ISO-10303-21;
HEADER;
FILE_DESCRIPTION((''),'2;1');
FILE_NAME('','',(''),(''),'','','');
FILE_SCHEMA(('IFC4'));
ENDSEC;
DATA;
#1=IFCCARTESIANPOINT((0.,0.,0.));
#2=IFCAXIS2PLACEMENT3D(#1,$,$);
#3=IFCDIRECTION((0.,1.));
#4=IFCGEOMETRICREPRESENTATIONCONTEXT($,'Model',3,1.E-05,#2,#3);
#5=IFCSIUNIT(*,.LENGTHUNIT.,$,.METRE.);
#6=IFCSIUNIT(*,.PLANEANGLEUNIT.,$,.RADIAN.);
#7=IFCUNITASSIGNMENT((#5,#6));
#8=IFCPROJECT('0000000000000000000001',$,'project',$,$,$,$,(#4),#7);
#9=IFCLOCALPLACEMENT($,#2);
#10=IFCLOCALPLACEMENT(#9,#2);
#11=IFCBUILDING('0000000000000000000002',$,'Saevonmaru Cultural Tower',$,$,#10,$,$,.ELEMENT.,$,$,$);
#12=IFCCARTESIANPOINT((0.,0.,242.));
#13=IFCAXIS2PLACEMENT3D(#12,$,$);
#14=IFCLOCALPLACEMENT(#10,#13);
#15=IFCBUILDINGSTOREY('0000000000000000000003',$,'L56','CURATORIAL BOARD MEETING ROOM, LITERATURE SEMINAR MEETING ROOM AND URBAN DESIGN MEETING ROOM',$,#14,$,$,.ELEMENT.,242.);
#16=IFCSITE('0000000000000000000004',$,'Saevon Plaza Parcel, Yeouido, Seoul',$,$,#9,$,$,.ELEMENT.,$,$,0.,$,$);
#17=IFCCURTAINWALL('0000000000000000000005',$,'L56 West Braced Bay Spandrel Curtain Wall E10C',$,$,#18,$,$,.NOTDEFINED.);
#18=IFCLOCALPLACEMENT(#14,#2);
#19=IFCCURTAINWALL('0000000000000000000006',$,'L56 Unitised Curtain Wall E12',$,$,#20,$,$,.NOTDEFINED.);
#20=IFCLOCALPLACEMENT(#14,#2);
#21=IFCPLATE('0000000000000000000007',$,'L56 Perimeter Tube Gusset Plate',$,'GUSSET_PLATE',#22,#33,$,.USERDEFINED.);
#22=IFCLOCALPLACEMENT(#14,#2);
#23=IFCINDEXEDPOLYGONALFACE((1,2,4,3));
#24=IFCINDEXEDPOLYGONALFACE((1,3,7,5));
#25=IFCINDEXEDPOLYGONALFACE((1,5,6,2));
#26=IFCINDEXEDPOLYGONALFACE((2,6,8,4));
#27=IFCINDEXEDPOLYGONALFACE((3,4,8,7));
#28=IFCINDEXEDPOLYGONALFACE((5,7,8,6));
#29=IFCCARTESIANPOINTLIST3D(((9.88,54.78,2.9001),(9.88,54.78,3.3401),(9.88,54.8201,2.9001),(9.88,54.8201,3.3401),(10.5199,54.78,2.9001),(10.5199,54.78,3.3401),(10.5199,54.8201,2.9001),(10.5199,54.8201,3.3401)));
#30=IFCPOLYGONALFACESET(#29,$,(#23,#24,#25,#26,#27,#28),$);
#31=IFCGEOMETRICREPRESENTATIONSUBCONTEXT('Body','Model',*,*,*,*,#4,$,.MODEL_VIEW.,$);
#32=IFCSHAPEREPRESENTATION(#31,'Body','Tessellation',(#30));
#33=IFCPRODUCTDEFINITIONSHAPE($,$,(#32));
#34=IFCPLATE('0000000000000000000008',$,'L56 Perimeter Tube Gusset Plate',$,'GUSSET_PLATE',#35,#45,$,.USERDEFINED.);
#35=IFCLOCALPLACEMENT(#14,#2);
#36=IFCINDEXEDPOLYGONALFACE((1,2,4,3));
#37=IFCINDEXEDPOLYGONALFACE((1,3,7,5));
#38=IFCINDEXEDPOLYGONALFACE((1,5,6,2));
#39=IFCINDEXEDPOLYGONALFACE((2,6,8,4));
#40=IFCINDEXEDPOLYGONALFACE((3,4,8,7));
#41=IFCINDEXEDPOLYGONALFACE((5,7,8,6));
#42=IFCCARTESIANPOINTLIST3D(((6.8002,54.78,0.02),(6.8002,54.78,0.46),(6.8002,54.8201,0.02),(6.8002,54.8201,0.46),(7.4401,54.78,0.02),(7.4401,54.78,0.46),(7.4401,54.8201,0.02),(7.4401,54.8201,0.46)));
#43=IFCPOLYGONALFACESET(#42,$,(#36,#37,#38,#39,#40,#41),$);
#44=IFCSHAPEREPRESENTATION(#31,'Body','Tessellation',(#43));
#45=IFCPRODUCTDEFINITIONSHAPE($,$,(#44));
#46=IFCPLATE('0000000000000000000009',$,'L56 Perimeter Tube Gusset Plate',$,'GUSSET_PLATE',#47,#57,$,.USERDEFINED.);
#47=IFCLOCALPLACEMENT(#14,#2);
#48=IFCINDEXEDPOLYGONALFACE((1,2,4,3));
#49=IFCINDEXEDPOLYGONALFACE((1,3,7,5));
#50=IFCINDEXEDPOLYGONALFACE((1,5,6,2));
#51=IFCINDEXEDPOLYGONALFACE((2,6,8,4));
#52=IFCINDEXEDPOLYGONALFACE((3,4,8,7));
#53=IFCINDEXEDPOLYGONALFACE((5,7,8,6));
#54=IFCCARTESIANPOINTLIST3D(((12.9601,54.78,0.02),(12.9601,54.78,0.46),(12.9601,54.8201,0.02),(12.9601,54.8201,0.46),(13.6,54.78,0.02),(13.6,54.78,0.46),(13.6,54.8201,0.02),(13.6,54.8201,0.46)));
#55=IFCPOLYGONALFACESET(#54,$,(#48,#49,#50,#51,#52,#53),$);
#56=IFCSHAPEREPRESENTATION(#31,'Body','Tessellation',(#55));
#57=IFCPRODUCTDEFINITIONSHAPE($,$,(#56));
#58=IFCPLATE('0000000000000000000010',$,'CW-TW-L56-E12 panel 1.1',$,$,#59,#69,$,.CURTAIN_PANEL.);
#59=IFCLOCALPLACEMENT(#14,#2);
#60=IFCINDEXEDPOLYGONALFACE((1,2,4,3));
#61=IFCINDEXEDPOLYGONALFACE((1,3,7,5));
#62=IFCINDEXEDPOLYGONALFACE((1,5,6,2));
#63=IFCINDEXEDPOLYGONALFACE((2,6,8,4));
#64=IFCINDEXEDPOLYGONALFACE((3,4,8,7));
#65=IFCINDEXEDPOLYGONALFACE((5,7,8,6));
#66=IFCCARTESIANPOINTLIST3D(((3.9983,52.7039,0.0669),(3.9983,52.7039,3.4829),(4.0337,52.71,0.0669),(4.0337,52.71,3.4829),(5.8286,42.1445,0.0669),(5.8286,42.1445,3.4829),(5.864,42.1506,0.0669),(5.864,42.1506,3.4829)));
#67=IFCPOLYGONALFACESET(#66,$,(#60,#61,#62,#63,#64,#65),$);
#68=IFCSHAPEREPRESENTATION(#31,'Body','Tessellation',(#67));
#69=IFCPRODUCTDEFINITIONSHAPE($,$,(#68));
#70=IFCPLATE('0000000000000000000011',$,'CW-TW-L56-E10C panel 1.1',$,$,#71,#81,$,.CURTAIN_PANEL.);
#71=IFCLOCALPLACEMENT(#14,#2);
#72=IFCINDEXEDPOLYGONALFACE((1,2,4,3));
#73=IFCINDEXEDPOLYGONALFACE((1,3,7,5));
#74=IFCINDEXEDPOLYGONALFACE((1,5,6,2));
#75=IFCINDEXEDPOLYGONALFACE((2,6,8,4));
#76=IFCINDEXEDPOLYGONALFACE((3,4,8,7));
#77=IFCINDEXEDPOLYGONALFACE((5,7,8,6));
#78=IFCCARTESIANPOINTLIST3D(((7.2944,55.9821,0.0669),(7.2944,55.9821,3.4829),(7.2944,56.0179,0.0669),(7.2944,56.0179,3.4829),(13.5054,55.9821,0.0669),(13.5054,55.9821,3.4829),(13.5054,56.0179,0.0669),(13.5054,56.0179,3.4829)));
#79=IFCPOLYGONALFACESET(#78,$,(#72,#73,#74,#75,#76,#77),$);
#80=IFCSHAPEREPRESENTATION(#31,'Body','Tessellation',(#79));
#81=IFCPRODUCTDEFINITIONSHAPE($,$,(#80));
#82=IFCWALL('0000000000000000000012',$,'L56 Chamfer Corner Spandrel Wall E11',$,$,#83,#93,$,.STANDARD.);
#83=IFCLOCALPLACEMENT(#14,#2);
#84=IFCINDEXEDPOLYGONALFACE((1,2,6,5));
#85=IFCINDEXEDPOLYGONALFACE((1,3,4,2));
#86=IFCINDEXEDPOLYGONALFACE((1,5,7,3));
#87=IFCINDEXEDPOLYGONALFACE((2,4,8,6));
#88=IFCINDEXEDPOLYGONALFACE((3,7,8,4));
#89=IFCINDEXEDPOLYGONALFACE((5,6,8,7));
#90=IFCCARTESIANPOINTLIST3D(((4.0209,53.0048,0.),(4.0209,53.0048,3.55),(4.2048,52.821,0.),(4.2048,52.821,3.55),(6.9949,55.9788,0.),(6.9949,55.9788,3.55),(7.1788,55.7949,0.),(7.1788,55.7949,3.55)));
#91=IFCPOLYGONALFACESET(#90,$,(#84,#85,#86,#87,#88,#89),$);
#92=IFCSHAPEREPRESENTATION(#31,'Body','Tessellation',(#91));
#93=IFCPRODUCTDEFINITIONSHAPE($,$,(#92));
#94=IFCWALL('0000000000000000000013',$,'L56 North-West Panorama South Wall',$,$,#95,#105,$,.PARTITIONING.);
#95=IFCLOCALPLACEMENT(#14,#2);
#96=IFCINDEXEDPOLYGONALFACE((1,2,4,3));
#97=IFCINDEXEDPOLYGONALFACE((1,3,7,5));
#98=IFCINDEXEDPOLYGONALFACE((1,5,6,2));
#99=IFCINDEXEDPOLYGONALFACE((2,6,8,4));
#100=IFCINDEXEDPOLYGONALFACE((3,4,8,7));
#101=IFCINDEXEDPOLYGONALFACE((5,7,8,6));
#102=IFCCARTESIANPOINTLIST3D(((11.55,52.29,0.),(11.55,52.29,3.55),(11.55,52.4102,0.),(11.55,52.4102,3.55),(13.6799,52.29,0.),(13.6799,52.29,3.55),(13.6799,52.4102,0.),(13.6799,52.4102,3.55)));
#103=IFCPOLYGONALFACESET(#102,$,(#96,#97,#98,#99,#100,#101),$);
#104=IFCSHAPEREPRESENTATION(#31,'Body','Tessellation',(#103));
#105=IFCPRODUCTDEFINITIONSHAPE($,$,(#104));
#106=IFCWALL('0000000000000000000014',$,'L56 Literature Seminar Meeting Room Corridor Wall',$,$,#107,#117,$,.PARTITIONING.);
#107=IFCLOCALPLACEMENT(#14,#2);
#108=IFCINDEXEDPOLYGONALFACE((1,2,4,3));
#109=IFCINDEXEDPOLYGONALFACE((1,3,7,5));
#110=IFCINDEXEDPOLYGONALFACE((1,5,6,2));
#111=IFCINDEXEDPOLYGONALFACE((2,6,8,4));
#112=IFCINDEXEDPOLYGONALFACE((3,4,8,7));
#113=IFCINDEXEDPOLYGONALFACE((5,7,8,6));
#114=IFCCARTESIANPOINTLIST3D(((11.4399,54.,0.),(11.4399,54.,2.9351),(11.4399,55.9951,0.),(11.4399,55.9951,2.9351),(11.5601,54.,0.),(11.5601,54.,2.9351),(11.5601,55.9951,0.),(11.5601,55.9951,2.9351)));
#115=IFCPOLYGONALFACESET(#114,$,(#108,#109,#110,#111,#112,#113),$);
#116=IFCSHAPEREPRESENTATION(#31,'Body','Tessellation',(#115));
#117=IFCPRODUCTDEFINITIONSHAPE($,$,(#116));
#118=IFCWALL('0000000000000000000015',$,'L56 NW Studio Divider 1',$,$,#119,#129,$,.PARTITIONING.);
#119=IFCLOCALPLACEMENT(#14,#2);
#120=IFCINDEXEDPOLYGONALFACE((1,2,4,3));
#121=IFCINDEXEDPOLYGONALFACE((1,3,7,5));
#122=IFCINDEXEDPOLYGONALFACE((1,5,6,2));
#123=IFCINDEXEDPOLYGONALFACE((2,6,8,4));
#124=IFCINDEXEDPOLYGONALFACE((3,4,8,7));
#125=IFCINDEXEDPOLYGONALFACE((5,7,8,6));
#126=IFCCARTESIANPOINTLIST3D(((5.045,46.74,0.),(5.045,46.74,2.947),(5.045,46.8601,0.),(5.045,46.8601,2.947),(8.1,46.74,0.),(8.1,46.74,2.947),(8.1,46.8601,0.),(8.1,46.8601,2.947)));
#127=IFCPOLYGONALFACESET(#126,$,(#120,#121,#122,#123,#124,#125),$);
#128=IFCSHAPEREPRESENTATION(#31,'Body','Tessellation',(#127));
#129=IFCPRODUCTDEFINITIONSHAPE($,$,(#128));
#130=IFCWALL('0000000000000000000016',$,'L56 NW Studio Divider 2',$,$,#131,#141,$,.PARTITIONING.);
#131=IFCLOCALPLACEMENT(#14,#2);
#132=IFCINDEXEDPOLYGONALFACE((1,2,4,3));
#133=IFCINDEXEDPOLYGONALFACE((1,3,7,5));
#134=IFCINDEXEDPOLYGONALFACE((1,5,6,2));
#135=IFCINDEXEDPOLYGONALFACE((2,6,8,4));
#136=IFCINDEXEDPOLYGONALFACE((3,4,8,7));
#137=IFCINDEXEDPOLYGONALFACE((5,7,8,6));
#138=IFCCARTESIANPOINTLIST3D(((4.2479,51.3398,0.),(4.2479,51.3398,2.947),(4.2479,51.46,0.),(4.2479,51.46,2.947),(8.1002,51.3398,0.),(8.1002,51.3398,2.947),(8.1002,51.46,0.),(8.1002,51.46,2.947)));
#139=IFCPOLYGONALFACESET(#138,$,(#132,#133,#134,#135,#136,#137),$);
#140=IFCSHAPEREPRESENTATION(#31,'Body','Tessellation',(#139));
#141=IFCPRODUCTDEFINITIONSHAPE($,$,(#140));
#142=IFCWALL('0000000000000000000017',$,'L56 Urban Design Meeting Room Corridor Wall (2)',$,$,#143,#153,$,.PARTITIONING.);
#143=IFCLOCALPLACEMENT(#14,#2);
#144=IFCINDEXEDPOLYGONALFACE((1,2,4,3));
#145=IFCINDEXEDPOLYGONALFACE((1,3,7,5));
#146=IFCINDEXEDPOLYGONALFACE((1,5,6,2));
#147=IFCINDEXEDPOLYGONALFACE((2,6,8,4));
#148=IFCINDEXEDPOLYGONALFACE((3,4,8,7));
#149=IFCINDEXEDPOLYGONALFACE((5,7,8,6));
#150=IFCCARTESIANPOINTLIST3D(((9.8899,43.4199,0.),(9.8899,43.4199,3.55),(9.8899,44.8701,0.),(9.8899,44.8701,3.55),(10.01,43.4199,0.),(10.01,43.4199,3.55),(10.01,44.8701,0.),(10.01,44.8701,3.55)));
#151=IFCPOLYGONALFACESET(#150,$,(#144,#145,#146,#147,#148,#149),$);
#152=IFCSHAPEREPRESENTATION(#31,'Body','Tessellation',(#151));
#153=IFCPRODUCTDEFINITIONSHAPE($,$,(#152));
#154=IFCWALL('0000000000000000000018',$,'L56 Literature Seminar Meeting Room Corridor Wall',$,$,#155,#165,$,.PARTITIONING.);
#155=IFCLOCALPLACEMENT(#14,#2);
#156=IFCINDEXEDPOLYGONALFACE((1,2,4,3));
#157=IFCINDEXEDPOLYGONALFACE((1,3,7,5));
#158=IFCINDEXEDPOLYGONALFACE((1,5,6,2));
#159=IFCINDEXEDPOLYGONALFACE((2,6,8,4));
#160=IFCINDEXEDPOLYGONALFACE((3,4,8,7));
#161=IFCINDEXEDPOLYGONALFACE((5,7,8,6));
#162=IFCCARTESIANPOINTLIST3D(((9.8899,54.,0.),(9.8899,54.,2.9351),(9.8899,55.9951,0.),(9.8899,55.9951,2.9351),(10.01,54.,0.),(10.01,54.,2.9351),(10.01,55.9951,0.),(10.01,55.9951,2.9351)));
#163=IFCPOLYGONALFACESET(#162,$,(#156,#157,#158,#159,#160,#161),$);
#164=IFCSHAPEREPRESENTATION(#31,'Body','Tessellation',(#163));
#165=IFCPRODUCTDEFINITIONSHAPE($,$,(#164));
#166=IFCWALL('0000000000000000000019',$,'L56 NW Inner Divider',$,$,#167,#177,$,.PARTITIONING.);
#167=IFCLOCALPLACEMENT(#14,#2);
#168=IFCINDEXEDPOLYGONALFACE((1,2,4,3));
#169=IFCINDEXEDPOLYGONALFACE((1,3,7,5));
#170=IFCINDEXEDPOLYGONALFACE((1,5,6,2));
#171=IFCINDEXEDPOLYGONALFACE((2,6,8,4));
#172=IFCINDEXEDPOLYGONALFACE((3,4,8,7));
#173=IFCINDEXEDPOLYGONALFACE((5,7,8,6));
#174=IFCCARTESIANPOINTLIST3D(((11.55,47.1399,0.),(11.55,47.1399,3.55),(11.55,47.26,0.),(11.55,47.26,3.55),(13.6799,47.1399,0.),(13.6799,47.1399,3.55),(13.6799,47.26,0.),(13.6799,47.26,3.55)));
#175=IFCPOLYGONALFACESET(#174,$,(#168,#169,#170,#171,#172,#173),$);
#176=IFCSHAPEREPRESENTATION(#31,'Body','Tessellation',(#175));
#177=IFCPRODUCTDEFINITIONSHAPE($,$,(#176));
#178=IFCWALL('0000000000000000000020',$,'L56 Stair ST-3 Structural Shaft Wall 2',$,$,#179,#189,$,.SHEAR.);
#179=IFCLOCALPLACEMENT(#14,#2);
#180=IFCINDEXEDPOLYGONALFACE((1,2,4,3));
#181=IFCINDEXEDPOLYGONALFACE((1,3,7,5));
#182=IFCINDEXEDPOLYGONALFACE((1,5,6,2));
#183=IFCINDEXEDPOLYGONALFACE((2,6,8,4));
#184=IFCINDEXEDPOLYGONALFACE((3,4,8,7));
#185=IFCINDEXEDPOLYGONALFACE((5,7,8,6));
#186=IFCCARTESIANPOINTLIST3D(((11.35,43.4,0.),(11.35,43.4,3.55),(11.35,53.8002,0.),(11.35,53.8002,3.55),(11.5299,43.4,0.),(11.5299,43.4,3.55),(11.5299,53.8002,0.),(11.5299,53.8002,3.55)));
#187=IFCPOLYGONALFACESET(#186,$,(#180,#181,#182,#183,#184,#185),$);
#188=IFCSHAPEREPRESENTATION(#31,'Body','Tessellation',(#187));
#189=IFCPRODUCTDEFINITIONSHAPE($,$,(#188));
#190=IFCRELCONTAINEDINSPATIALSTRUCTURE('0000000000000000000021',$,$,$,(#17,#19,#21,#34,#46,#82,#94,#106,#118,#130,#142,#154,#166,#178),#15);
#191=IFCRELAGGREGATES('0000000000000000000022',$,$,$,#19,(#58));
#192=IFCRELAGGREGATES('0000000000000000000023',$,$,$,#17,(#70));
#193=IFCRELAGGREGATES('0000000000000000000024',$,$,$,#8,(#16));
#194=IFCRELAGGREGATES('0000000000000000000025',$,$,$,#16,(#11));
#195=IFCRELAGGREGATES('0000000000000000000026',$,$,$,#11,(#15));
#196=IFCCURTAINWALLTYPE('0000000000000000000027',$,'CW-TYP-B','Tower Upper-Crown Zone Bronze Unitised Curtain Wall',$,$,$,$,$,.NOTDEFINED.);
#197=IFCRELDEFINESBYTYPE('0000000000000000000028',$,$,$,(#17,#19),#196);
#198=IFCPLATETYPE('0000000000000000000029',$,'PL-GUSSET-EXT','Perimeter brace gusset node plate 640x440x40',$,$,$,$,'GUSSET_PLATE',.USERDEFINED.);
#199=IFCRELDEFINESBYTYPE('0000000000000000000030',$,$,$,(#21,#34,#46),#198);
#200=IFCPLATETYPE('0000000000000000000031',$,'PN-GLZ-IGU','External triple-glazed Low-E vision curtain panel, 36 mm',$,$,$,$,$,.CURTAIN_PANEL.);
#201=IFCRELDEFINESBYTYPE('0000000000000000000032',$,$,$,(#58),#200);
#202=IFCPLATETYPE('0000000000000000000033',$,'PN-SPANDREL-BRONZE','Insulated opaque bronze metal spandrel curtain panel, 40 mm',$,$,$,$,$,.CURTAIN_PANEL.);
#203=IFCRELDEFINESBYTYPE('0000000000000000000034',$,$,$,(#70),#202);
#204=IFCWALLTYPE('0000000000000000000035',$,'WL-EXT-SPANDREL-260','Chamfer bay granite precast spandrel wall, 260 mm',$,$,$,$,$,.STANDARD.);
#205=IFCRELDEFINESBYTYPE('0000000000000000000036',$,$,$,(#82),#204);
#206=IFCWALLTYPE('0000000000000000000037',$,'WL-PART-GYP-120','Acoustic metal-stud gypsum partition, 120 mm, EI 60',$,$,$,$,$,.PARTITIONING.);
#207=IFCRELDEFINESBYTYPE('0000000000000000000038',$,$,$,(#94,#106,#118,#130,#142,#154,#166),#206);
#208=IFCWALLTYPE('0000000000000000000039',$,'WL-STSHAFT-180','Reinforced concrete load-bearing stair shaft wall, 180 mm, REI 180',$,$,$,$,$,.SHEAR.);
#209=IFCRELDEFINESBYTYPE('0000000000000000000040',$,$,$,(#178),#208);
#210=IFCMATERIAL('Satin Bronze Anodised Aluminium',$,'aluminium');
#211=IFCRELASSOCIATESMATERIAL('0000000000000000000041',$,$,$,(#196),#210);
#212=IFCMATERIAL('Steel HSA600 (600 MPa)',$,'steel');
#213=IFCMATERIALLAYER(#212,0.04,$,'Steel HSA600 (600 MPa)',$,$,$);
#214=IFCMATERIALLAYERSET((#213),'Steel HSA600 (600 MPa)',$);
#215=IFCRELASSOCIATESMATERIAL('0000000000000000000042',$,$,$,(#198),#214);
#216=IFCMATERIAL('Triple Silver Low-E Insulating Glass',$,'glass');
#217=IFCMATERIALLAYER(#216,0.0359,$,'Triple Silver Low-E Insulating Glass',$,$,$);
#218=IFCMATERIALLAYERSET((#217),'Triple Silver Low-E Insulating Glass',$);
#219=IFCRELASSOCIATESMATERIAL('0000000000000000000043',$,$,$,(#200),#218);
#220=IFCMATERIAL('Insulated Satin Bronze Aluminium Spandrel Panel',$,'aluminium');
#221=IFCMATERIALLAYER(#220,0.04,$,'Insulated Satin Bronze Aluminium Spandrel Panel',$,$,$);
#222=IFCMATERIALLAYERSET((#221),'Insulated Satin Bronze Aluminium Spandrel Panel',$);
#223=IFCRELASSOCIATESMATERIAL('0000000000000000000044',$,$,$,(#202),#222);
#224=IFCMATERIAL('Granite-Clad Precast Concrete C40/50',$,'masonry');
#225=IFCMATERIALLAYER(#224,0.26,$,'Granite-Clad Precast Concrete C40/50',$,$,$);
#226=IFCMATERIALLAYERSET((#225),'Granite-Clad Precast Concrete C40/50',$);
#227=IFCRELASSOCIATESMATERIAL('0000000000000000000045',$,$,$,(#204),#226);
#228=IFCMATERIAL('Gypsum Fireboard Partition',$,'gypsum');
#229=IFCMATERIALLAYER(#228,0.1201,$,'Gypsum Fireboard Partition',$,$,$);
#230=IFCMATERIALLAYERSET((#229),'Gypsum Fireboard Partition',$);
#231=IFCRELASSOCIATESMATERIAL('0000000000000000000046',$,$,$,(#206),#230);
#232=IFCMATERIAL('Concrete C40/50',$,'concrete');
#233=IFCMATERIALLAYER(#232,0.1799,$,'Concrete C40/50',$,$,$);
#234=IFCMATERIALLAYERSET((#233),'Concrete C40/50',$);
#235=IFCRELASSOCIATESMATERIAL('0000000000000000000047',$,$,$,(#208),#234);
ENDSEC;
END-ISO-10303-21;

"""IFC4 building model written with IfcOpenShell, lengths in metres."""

from ifc_helpers import new_model, si_unit, direction, frame, frame_2d, origin, origin_2d, place, context, subcontext, project, spatial, rectangle, extrude, material, layer, layer_set, type_object, element, aggregate, save


model = new_model("IFC4")

# Units and contexts
model_context = context("Model", 3, precision=1e-05, world=origin(), true_north=direction((0.0, 1.0)))
body_context = subcontext(model_context, "Body", "Model", "MODEL_VIEW")
ifc_project = project(units=[si_unit("LENGTHUNIT", "METRE"), si_unit("PLANEANGLEUNIT", "RADIAN")], contexts=[model_context])

# Site, building, storey
site_placement = place(None, origin())
site = spatial("IfcSite", under=ifc_project, at=site_placement, Name="Saevon Plaza Parcel, Yeouido, Seoul", CompositionType="ELEMENT", RefElevation=0.0)
building_placement = place(site_placement, origin())
building = spatial("IfcBuilding", under=site, at=building_placement, Name="Saevonmaru Cultural Tower", CompositionType="ELEMENT")
storey_placement = place(building_placement, frame((0.0, 0.0, 242.0)))
storey = spatial("IfcBuildingStorey", under=building, at=storey_placement, Name="L56", Description="CURATORIAL BOARD MEETING ROOM, LITERATURE SEMINAR MEETING ROOM AND URBAN DESIGN MEETING ROOM", CompositionType="ELEMENT", Elevation=242.0)

# Curtain wall
ifc_material_1 = material(Name="Satin Bronze Anodised Aluminium", Category="aluminium")
curtain_wall_type = type_object("IfcCurtainWallType", Name="CW-TYP-B", Description="Tower Upper-Crown Zone Bronze Unitised Curtain Wall", PredefinedType="NOTDEFINED", material=ifc_material_1)
curtain_wall_1_placement = place(storey_placement, origin())
curtain_wall_1 = element("IfcCurtainWall", 1, at=curtain_wall_1_placement, inside=storey, type_object=curtain_wall_type, Name="L56 West Braced Bay Spandrel Curtain Wall E10C", PredefinedType="NOTDEFINED")

# Curtain wall
curtain_wall_2_placement = place(storey_placement, origin())
curtain_wall_2 = element("IfcCurtainWall", 2, at=curtain_wall_2_placement, inside=storey, type_object=curtain_wall_type, Name="L56 Unitised Curtain Wall E12", PredefinedType="NOTDEFINED")

# Plates
ifc_material_2 = material(Name="Steel HSA600 (600 MPa)", Category="steel")
ifc_layer_1 = layer(ifc_material_2, 0.04, Name="Steel HSA600 (600 MPa)")
ifc_layer_set_1 = layer_set([ifc_layer_1], Name="Steel HSA600 (600 MPa)")
plate_type_1 = type_object("IfcPlateType", Name="PL-GUSSET-EXT", Description="Perimeter brace gusset node plate 640x440x40", ElementType="GUSSET_PLATE", PredefinedType="USERDEFINED", material=ifc_layer_set_1)
for number, where, z_axis, x_axis, name in (
    (3, (10.2, 54.8, 2.9001), (0.0, 0.0, 1.0), (1.0, 0.0, 0.0), "L56 Perimeter Tube Gusset Plate"),
    (4, (7.1201, 54.8, 0.02), (0.0, 0.0, 1.0), (1.0, 0.0, 0.0), "L56 Perimeter Tube Gusset Plate"),
    (5, (13.28, 54.8, 0.02), (0.0, 0.0, 1.0), (1.0, 0.0, 0.0), "L56 Perimeter Tube Gusset Plate"),
):
    element("IfcPlate", number, at=place(storey_placement, frame(where, z_axis=z_axis, x_axis=x_axis)), inside=storey, type_object=plate_type_1, Name=name, ObjectType="GUSSET_PLATE", PredefinedType="USERDEFINED", context=body_context, shape_type="SweptSolid", body=[
        extrude(rectangle(XDim=0.6399, YDim=0.04, at=origin_2d()), origin(), (0.0, 0.0, 1.0), 0.4399),
    ])

# Plates
ifc_material_3 = material(Name="Triple Silver Low-E Insulating Glass", Category="glass")
ifc_layer_2 = layer(ifc_material_3, 0.0359, Name="Triple Silver Low-E Insulating Glass")
ifc_layer_set_2 = layer_set([ifc_layer_2], Name="Triple Silver Low-E Insulating Glass")
plate_type_2 = type_object("IfcPlateType", Name="PN-GLZ-IGU", Description="External triple-glazed Low-E vision curtain panel, 36 mm", PredefinedType="CURTAIN_PANEL", material=ifc_layer_set_2)
plate_1_placement = place(storey_placement, frame((4.9312, 47.4272, 0.0669), z_axis=(0.0, 0.0, 1.0), x_axis=(0.17079, -0.985307, 0.0)))
plate_1 = element("IfcPlate", 6, at=plate_1_placement, type_object=plate_type_2, Name="CW-TW-L56-E12 panel 1.1", PredefinedType="CURTAIN_PANEL", context=body_context, shape_type="SweptSolid", body=[
    extrude(rectangle(XDim=10.7168, YDim=0.0359, at=origin_2d()), origin(), (0.0, 0.0, 1.0), 3.416),
])
aggregate(curtain_wall_2, [plate_1])
ifc_material_4 = material(Name="Insulated Satin Bronze Aluminium Spandrel Panel", Category="aluminium")
ifc_layer_3 = layer(ifc_material_4, 0.04, Name="Insulated Satin Bronze Aluminium Spandrel Panel")
ifc_layer_set_3 = layer_set([ifc_layer_3], Name="Insulated Satin Bronze Aluminium Spandrel Panel")
plate_type_3 = type_object("IfcPlateType", Name="PN-SPANDREL-BRONZE", Description="Insulated opaque bronze metal spandrel curtain panel, 40 mm", PredefinedType="CURTAIN_PANEL", material=ifc_layer_set_3)
plate_2_placement = place(storey_placement, frame((10.3999, 56.0, 0.0669), z_axis=(0.0, 0.0, 1.0), x_axis=(-1.0, 0.0, 0.0)))
plate_2 = element("IfcPlate", 7, at=plate_2_placement, type_object=plate_type_3, Name="CW-TW-L56-E10C panel 1.1", PredefinedType="CURTAIN_PANEL", context=body_context, shape_type="SweptSolid", body=[
    extrude(rectangle(XDim=6.2109, YDim=0.0359, at=origin_2d()), origin(), (0.0, 0.0, 1.0), 3.416),
])
aggregate(curtain_wall_1, [plate_2])

# Walls
ifc_material_5 = material(Name="Granite-Clad Precast Concrete C40/50", Category="masonry")
ifc_layer_4 = layer(ifc_material_5, 0.26, Name="Granite-Clad Precast Concrete C40/50")
ifc_layer_set_4 = layer_set([ifc_layer_4], Name="Granite-Clad Precast Concrete C40/50")
wall_type_1 = type_object("IfcWallType", Name="WL-EXT-SPANDREL-260", Description="Chamfer bay granite precast spandrel wall, 260 mm", PredefinedType="STANDARD", material=ifc_layer_set_4)
wall_1_placement = place(storey_placement, frame((7.0869, 55.887, 0.0), z_axis=(0.0, 0.0, 1.0), x_axis=(-0.707107, -0.707107, 0.0)))
element("IfcWall", 8, at=wall_1_placement, inside=storey, type_object=wall_type_1, Name="L56 Chamfer Corner Spandrel Wall E11", PredefinedType="STANDARD", context=body_context, shape_type="SweptSolid", body=[
    extrude(rectangle(XDim=4.2058, YDim=0.26, at=frame_2d((2.103, 0.0))), origin(), (0.0, 0.0, 1.0), 3.55),
])
ifc_material_6 = material(Name="Gypsum Fireboard Partition", Category="gypsum")
ifc_layer_5 = layer(ifc_material_6, 0.1201, Name="Gypsum Fireboard Partition")
ifc_layer_set_5 = layer_set([ifc_layer_5], Name="Gypsum Fireboard Partition")
wall_type_2 = type_object("IfcWallType", Name="WL-PART-GYP-120", Description="Acoustic metal-stud gypsum partition, 120 mm, EI 60", PredefinedType="PARTITIONING", material=ifc_layer_set_5)
wall_2_placement = place(storey_placement, frame((11.55, 52.3501, 0.0), z_axis=(0.0, 0.0, 1.0), x_axis=(1.0, 0.0, 0.0)))
element("IfcWall", 9, at=wall_2_placement, inside=storey, type_object=wall_type_2, Name="L56 North-West Panorama South Wall", PredefinedType="PARTITIONING", context=body_context, shape_type="SweptSolid", body=[
    extrude(rectangle(XDim=2.1299, YDim=0.1201, at=frame_2d((1.0649, 0.0))), origin(), (0.0, 0.0, 1.0), 3.55),
])
wall_3_placement = place(storey_placement, frame((11.5, 54.0, 0.0), z_axis=(0.0, 0.0, 1.0), x_axis=(0.0, 1.0, 0.0)))
element("IfcWall", 10, at=wall_3_placement, inside=storey, type_object=wall_type_2, Name="L56 Literature Seminar Meeting Room Corridor Wall", PredefinedType="PARTITIONING", context=body_context, shape_type="SweptSolid", body=[
    extrude(rectangle(XDim=1.9951, YDim=0.1201, at=frame_2d((0.9976, 0.0))), origin(), (0.0, 0.0, 1.0), 2.9351),
])
wall_4_placement = place(storey_placement, frame((5.0452, 46.8, 0.0), z_axis=(0.0, 0.0, 1.0), x_axis=(1.0, 0.0, 0.0)))
element("IfcWall", 11, at=wall_4_placement, inside=storey, type_object=wall_type_2, Name="L56 NW Studio Divider 1", PredefinedType="PARTITIONING", context=body_context, shape_type="SweptSolid", body=[
    extrude(rectangle(XDim=3.0549, YDim=0.1201, at=frame_2d((1.5273, 0.0))), origin(), (0.0, 0.0, 1.0), 2.947),
])
wall_5_placement = place(storey_placement, frame((4.2478, 51.3999, 0.0), z_axis=(0.0, 0.0, 1.0), x_axis=(1.0, 0.0, 0.0)))
element("IfcWall", 12, at=wall_5_placement, inside=storey, type_object=wall_type_2, Name="L56 NW Studio Divider 2", PredefinedType="PARTITIONING", context=body_context, shape_type="SweptSolid", body=[
    extrude(rectangle(XDim=3.8523, YDim=0.1201, at=frame_2d((1.9263, 0.0))), origin(), (0.0, 0.0, 1.0), 2.947),
])
wall_6_placement = place(storey_placement, frame((9.95, 43.4199, 0.0), z_axis=(0.0, 0.0, 1.0), x_axis=(0.0, 1.0, 0.0)))
element("IfcWall", 13, at=wall_6_placement, inside=storey, type_object=wall_type_2, Name="L56 Urban Design Meeting Room Corridor Wall (2)", PredefinedType="PARTITIONING", context=body_context, shape_type="SweptSolid", body=[
    extrude(rectangle(XDim=1.4502, YDim=0.1201, at=frame_2d((0.7251, 0.0))), origin(), (0.0, 0.0, 1.0), 3.55),
])
wall_7_placement = place(storey_placement, frame((9.95, 54.0, 0.0), z_axis=(0.0, 0.0, 1.0), x_axis=(0.0, 1.0, 0.0)))
element("IfcWall", 14, at=wall_7_placement, inside=storey, type_object=wall_type_2, Name="L56 Literature Seminar Meeting Room Corridor Wall", PredefinedType="PARTITIONING", context=body_context, shape_type="SweptSolid", body=[
    extrude(rectangle(XDim=1.9951, YDim=0.1201, at=frame_2d((0.9976, 0.0))), origin(), (0.0, 0.0, 1.0), 2.9351),
])
wall_8_placement = place(storey_placement, frame((11.55, 47.2, 0.0), z_axis=(0.0, 0.0, 1.0), x_axis=(1.0, 0.0, 0.0)))
element("IfcWall", 15, at=wall_8_placement, inside=storey, type_object=wall_type_2, Name="L56 NW Inner Divider", PredefinedType="PARTITIONING", context=body_context, shape_type="SweptSolid", body=[
    extrude(rectangle(XDim=2.1299, YDim=0.1201, at=frame_2d((1.0649, 0.0))), origin(), (0.0, 0.0, 1.0), 3.55),
])

# Shared definitions
ifc_material_7 = material(Name="Concrete C40/50", Category="concrete")
ifc_layer_6 = layer(ifc_material_7, 0.1799, Name="Concrete C40/50")
ifc_layer_set_6 = layer_set([ifc_layer_6], Name="Concrete C40/50")
wall_type_3 = type_object("IfcWallType", Name="WL-STSHAFT-180", Description="Reinforced concrete load-bearing stair shaft wall, 180 mm, REI 180", PredefinedType="SHEAR", material=ifc_layer_set_6)

# Wall
wall_9_placement = place(storey_placement, frame((11.4399, 43.3999, 0.0), z_axis=(0.0, 0.0, 1.0), x_axis=(0.0, 1.0, 0.0)))
element("IfcWall", 16, at=wall_9_placement, inside=storey, type_object=wall_type_3, Name="L56 Stair ST-3 Structural Shaft Wall 2", PredefinedType="SHEAR", context=body_context, shape_type="SweptSolid", body=[
    extrude(rectangle(XDim=10.4001, YDim=0.1799, at=frame_2d((5.2002, 0.0))), origin(), (0.0, 0.0, 1.0), 3.55),
])

save(model, "model.ifc")
